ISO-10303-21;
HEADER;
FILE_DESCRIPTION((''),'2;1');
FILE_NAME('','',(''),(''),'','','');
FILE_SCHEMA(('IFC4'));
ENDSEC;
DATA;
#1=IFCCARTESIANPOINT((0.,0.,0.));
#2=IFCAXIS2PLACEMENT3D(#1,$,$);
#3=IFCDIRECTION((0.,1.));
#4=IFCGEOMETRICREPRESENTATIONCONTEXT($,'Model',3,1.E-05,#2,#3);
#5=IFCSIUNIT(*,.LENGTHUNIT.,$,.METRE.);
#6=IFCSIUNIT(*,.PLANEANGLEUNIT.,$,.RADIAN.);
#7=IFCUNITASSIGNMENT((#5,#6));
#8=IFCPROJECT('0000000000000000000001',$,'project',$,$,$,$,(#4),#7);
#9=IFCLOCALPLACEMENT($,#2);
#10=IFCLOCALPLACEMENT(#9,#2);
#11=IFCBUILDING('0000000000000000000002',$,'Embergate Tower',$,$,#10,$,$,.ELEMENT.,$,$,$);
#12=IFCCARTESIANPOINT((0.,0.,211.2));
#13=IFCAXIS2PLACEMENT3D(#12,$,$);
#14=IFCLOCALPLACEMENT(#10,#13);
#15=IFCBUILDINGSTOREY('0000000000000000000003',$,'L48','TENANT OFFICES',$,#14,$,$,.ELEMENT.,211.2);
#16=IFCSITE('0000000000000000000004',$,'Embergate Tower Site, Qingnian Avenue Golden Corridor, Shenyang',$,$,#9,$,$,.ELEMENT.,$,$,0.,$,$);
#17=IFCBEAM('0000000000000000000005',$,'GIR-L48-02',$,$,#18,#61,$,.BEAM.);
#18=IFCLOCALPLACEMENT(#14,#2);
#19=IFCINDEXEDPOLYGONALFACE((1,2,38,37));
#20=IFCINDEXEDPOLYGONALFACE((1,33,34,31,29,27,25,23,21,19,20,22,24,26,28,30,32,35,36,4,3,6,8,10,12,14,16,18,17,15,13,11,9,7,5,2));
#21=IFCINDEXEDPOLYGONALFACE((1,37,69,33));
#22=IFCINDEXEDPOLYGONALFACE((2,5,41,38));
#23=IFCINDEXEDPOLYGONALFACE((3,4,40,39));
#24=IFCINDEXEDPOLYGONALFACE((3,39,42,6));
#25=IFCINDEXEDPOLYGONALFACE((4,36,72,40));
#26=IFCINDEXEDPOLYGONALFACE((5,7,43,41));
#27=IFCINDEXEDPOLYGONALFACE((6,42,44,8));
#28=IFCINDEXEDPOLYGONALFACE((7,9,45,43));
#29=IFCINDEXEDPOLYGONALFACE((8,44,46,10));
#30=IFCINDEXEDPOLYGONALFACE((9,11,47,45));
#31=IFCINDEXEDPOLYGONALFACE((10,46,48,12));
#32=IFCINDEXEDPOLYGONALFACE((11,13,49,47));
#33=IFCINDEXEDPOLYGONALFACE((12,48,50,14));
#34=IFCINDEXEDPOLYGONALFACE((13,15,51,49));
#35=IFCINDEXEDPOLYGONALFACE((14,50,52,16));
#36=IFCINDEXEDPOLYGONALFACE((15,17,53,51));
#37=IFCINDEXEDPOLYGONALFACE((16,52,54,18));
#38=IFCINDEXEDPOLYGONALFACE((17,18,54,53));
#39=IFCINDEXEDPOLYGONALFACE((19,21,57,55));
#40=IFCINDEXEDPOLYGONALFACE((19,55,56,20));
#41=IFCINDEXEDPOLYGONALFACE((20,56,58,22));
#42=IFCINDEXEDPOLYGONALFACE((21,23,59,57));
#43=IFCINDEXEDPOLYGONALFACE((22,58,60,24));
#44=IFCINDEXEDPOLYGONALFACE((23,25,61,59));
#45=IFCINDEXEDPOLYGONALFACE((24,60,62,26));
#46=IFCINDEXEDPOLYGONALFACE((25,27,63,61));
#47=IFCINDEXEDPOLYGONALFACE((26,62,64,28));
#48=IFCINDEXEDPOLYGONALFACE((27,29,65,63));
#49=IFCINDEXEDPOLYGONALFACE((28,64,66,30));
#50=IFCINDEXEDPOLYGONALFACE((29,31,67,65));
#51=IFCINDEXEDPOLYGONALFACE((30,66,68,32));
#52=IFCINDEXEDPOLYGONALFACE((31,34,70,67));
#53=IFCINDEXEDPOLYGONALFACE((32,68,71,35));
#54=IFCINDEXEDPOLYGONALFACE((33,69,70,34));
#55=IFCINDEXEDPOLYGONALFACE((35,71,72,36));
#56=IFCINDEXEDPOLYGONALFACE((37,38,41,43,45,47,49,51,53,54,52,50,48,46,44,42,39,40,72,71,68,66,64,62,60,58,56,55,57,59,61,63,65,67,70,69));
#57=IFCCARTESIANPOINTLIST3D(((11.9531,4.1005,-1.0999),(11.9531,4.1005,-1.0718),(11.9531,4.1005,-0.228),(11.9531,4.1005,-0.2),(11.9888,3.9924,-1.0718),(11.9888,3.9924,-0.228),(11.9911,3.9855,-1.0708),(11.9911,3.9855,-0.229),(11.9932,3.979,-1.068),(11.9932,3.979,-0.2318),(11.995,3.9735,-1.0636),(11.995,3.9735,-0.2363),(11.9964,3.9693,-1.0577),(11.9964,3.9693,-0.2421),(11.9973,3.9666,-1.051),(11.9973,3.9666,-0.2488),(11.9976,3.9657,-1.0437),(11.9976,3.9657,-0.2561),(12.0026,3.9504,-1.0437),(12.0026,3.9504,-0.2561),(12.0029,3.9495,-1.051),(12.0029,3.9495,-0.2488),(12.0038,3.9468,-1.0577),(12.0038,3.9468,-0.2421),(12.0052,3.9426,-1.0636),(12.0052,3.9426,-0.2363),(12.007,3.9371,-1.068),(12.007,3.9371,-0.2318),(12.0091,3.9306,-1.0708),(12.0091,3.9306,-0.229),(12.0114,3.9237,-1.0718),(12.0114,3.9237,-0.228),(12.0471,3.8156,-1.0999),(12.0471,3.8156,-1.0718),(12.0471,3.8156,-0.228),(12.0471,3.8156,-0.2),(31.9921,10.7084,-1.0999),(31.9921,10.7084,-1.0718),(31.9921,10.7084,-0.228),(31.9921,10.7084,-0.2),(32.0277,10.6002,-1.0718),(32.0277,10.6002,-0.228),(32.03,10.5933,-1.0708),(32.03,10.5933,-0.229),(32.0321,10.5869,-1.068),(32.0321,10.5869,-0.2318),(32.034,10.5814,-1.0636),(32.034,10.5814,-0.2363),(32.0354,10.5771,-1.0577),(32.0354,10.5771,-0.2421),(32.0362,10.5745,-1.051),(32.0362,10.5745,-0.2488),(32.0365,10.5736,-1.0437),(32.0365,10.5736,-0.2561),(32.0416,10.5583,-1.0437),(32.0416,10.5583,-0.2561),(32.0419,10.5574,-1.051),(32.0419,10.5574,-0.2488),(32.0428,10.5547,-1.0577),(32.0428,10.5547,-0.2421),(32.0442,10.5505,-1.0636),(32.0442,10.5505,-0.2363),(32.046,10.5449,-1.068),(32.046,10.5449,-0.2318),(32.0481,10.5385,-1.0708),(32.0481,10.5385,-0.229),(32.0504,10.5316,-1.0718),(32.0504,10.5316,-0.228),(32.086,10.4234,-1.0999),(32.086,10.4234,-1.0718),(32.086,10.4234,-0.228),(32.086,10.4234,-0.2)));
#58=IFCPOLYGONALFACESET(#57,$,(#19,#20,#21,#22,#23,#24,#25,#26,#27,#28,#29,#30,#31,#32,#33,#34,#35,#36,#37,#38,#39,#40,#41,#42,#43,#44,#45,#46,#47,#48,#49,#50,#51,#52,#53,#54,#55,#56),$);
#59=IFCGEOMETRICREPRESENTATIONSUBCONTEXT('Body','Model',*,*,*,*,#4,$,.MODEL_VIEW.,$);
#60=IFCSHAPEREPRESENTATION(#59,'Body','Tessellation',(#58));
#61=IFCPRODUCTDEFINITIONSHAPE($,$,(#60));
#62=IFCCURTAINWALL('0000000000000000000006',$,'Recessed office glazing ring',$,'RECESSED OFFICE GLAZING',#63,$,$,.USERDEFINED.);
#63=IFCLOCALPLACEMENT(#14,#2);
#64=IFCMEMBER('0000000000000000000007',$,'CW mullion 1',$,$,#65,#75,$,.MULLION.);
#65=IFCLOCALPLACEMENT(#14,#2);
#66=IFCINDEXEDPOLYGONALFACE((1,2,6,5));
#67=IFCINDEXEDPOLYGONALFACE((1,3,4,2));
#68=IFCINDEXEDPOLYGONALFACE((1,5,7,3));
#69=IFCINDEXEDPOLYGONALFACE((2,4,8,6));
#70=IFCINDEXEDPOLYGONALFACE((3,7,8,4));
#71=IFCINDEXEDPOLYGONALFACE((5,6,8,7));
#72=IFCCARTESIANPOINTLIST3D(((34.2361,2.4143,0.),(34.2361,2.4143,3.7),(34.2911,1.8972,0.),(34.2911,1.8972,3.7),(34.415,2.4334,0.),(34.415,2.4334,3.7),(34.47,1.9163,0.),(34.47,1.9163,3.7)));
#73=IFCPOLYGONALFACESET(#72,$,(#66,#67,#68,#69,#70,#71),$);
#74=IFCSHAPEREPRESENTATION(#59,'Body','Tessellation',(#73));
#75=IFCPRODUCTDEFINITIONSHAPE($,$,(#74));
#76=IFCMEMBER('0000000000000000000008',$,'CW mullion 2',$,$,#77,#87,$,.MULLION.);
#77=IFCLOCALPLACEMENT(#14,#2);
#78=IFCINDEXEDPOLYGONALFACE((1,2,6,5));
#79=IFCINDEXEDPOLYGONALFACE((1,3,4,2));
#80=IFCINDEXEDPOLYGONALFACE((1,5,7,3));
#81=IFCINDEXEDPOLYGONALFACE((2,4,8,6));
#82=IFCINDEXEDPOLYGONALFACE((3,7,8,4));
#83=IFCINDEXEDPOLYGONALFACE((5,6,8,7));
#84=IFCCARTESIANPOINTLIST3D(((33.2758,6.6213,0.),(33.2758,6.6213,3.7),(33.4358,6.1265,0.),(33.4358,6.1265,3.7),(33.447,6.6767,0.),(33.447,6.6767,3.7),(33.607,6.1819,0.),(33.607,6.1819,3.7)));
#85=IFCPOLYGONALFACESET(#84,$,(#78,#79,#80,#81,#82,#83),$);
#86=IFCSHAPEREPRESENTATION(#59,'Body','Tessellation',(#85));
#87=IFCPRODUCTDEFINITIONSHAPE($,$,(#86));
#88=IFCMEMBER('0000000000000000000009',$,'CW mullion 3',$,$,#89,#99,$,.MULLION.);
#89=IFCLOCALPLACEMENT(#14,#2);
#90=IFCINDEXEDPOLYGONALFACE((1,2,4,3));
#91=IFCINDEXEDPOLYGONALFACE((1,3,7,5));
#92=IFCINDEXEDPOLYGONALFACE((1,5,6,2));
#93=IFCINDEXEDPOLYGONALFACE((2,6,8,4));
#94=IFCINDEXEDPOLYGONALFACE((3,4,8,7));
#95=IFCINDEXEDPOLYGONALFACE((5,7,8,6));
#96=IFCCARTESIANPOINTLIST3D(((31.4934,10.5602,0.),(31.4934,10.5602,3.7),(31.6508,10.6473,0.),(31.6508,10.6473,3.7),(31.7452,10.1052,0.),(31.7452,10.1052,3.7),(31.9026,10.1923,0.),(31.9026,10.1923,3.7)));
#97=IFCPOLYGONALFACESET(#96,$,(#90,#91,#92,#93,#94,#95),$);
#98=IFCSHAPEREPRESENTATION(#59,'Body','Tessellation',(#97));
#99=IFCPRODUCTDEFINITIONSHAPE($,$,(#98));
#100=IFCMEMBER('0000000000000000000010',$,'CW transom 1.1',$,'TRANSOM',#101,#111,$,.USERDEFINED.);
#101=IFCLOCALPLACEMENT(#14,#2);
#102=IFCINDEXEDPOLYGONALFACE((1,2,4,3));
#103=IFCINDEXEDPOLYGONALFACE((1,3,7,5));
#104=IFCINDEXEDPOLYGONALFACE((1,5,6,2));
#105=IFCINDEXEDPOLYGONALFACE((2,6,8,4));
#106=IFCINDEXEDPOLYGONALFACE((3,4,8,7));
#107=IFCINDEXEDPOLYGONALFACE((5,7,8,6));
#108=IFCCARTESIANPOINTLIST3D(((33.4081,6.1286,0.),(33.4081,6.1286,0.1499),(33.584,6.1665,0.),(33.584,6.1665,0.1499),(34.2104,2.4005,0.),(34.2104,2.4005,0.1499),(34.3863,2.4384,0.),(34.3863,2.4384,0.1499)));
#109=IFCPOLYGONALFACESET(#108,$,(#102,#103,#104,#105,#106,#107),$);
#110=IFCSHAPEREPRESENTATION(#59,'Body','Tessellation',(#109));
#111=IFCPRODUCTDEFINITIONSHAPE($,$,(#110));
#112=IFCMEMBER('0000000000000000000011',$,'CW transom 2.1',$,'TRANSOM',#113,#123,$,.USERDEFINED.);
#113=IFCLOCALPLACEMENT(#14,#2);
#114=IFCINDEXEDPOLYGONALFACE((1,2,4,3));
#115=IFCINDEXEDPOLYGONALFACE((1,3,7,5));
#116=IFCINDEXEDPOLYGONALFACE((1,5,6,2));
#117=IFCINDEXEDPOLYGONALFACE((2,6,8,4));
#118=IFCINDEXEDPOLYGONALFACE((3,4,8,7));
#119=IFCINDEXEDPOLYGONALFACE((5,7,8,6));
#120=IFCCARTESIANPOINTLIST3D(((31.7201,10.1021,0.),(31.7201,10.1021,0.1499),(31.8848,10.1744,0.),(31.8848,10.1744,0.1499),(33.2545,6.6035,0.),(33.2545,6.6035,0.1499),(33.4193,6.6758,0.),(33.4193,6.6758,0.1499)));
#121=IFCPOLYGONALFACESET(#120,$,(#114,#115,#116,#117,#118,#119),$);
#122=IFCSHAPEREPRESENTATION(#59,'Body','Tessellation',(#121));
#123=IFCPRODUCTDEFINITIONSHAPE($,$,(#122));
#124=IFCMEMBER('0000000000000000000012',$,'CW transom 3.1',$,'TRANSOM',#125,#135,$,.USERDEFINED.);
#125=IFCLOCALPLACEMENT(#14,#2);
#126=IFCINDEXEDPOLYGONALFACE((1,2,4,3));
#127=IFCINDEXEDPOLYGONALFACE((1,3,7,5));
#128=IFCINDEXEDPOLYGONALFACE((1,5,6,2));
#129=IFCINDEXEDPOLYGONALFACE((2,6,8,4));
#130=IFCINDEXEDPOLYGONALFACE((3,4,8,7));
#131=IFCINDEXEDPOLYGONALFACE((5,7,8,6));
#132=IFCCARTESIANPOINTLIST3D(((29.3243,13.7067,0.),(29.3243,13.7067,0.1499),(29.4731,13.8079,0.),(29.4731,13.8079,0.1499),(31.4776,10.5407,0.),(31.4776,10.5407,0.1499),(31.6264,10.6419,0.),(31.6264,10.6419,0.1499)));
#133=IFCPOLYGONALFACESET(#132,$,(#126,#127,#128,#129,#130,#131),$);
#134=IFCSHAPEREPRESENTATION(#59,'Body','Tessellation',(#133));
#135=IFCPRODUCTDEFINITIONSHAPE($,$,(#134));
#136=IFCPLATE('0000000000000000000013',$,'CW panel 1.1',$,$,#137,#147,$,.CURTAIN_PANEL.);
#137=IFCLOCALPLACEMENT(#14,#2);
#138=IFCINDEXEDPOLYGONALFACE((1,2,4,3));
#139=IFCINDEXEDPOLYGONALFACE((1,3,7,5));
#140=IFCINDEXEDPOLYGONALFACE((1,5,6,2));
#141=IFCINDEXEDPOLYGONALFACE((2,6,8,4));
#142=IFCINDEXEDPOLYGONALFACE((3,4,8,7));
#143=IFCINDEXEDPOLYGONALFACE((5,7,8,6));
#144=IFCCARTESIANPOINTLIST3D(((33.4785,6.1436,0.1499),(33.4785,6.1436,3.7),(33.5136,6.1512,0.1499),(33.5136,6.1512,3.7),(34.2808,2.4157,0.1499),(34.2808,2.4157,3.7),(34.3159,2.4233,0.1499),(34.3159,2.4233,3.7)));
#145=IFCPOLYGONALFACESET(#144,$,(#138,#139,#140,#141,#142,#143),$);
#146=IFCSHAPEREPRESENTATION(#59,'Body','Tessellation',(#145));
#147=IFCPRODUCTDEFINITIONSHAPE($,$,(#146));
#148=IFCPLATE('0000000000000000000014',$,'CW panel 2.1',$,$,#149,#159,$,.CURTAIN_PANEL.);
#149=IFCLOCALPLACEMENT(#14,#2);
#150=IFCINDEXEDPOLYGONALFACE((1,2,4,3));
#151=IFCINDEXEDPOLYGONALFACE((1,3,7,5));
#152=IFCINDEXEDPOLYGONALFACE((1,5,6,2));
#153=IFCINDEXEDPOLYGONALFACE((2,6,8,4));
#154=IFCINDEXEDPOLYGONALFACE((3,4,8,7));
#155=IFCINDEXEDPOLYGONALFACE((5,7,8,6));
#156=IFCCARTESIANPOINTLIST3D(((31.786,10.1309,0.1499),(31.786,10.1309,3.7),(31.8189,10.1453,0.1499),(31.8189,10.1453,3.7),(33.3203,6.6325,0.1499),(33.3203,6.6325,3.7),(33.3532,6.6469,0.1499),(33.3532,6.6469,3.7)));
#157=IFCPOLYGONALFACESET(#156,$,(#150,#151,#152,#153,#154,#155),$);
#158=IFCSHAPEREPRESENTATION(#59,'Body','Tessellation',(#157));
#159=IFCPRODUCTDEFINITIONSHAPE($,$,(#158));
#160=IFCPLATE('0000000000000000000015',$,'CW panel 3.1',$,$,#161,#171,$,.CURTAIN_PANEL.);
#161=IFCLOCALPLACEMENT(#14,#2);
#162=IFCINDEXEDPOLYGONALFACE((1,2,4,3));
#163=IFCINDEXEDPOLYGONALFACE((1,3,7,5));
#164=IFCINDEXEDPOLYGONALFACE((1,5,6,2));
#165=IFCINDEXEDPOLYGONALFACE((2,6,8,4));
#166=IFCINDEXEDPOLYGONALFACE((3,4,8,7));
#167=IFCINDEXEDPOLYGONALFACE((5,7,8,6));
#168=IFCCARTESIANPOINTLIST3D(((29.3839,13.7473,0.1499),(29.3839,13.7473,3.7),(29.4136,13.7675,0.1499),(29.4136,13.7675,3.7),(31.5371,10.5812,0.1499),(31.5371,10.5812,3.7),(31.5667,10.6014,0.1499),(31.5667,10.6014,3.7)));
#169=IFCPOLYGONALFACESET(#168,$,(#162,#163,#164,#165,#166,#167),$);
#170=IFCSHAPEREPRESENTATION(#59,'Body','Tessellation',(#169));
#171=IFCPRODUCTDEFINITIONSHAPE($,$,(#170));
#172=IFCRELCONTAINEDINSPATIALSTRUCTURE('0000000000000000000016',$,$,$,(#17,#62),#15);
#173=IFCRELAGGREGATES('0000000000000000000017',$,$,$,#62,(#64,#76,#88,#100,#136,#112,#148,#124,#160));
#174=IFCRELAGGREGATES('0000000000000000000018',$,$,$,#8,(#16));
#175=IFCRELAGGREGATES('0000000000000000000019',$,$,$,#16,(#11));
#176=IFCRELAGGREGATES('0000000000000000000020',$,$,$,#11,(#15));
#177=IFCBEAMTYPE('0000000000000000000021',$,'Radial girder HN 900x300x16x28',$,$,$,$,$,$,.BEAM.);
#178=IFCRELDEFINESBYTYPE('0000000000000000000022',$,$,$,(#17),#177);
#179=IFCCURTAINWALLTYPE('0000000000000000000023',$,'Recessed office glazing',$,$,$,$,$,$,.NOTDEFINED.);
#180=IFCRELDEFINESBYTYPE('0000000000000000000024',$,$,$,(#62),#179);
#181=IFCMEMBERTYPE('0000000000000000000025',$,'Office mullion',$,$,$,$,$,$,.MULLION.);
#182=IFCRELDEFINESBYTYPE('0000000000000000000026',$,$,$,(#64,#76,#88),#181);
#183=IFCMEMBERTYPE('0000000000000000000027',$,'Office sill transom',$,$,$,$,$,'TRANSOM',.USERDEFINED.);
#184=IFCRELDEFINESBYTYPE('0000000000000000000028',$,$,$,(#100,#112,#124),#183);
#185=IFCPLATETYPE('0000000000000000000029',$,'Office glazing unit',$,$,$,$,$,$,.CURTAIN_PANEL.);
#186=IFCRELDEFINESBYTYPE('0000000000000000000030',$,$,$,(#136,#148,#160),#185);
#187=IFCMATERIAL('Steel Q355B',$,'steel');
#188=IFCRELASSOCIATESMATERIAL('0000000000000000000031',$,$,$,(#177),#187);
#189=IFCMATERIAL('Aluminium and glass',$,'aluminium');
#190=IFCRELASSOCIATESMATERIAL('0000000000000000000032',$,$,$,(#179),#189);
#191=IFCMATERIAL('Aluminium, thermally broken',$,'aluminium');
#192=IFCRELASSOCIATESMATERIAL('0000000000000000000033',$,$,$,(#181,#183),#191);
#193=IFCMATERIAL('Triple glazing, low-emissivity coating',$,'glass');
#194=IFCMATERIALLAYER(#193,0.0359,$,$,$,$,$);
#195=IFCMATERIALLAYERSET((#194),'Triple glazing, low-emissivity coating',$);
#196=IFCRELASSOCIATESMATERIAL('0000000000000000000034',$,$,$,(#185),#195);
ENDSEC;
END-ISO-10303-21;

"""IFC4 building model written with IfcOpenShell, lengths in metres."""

from ifc_helpers import new_model, si_unit, direction, frame, origin, origin_2d, place, context, subcontext, project, spatial, rectangle, i_section, extrude, source, transform, mapped, material, layer, layer_set, material_profile, profile_set, type_object, element, aggregate, save


model = new_model("IFC4")

# Units and contexts
model_context = context("Model", 3, precision=1e-05, world=origin(), true_north=direction((0.0, 1.0)))
body_context = subcontext(model_context, "Body", "Model", "MODEL_VIEW")
ifc_project = project(units=[si_unit("LENGTHUNIT", "METRE"), si_unit("PLANEANGLEUNIT", "RADIAN")], contexts=[model_context])

# Site, building, storey
site_placement = place(None, origin())
site = spatial("IfcSite", under=ifc_project, at=site_placement, Name="Embergate Tower Site, Qingnian Avenue Golden Corridor, Shenyang", CompositionType="ELEMENT", RefElevation=0.0)
building_placement = place(site_placement, origin())
building = spatial("IfcBuilding", under=site, at=building_placement, Name="Embergate Tower", CompositionType="ELEMENT")
storey_placement = place(building_placement, frame((0.0, 0.0, 211.2)))
storey = spatial("IfcBuildingStorey", under=building, at=storey_placement, Name="L48", Description="TENANT OFFICES", CompositionType="ELEMENT", Elevation=211.2)

# Beam
ifc_material_1 = material(Name="Steel Q355B", Category="steel")
ifc_material_profile_1 = material_profile(ifc_material_1, i_section(OverallWidth=0.3, OverallDepth=0.8999, WebThickness=0.0161, FlangeThickness=0.0281, FilletRadius=0.0281, at=origin_2d()), Name="HN 900x300x16x28")
ifc_profile_set_1 = profile_set([ifc_material_profile_1], Name="Steel Q355 grade B")
beam_type_1 = type_object("IfcBeamType", Name="Radial girder HN 900x300x16x28", PredefinedType="BEAM", material=ifc_profile_set_1)
shared_shape_1 = source(origin(), body_context, "Body", "SweptSolid", [
    extrude(i_section(OverallWidth=0.3, OverallDepth=0.8999, WebThickness=0.0161, FlangeThickness=0.0281, FilletRadius=0.0281, at=origin_2d()), origin(), (0.0, 0.0, 1.0), 21.1003),
])
beam_1_placement = place(storey_placement, frame((32.0391, 10.5659, -0.6499), z_axis=(-0.949699, -0.313165, 0.0), x_axis=(0.313165, -0.949699, 0.0)))
element("IfcBeam", 1, at=beam_1_placement, inside=storey, type_object=beam_type_1, Name="GIR-L48-02", PredefinedType="BEAM", context=body_context, shape_type="MappedRepresentation", body=[
    mapped(shared_shape_1, transform((0.0, 0.0, 0.0))),
])

# Curtain wall, members, plates
ifc_material_2 = material(Name="Aluminium and glass", Category="aluminium")
curtain_wall_type = type_object("IfcCurtainWallType", Name="Recessed office glazing", PredefinedType="NOTDEFINED", material=ifc_material_2)
curtain_wall_placement = place(storey_placement, origin())
curtain_wall = element("IfcCurtainWall", 2, at=curtain_wall_placement, inside=storey, type_object=curtain_wall_type, Name="Recessed office glazing ring", ObjectType="RECESSED OFFICE GLAZING", PredefinedType="USERDEFINED")
ifc_material_3 = material(Name="Aluminium, thermally broken", Category="aluminium")
ifc_material_profile_2 = material_profile(ifc_material_3, rectangle(XDim=0.1799, YDim=0.52, at=origin_2d()), Name="AL 520x180")
ifc_profile_set_2 = profile_set([ifc_material_profile_2], Name="Aluminium, thermally broken")
member_type_1 = type_object("IfcMemberType", Name="Office mullion", PredefinedType="MULLION", material=ifc_profile_set_2)
shared_shape_2 = source(origin(), body_context, "Body", "SweptSolid", [
    extrude(rectangle(XDim=0.1799, YDim=0.52, at=origin_2d()), origin(), (0.0, 0.0, 1.0), 3.7),
])
member_1_placement = place(storey_placement, frame((34.353, 2.1653, 0.0), z_axis=(0.0, 0.0, 1.0), x_axis=(-0.994385, -0.105823, 0.0)))
member_1 = element("IfcMember", 3, at=member_1_placement, type_object=member_type_1, Name="CW mullion 1", PredefinedType="MULLION", context=body_context, shape_type="MappedRepresentation", body=[
    mapped(shared_shape_2, transform((0.0, 0.0, 0.0))),
])
member_2_placement = place(storey_placement, frame((33.4414, 6.4016, 0.0), z_axis=(0.0, 0.0, 1.0), x_axis=(-0.951498, -0.307656, 0.0)))
member_2 = element("IfcMember", 4, at=member_2_placement, type_object=member_type_1, Name="CW mullion 2", PredefinedType="MULLION", context=body_context, shape_type="MappedRepresentation", body=[
    mapped(shared_shape_2, transform((0.0, 0.0, 0.0))),
])
member_3_placement = place(storey_placement, frame((31.698, 10.3762, 0.0), z_axis=(0.0, 0.0, 1.0), x_axis=(-0.875003, -0.484118, 0.0)))
member_3 = element("IfcMember", 5, at=member_3_placement, type_object=member_type_1, Name="CW mullion 3", PredefinedType="MULLION", context=body_context, shape_type="MappedRepresentation", body=[
    mapped(shared_shape_2, transform((0.0, 0.0, 0.0))),
])
ifc_material_profile_3 = material_profile(ifc_material_3, rectangle(XDim=0.1799, YDim=0.1499, at=origin_2d()), Name="AL 150x180")
ifc_profile_set_3 = profile_set([ifc_material_profile_3], Name="Aluminium, thermally broken")
member_type_2 = type_object("IfcMemberType", Name="Office sill transom", ElementType="TRANSOM", PredefinedType="USERDEFINED", material=ifc_profile_set_3)
shared_shape_3 = source(origin(), body_context, "Body", "SweptSolid", [
    extrude(rectangle(XDim=0.1799, YDim=0.1499, at=origin_2d()), origin(), (0.0, 0.0, 1.0), 3.8135),
])
member_4_placement = place(storey_placement, frame((34.2983, 2.4194, 0.075), z_axis=(-0.210377, 0.97762, 0.0), x_axis=(-0.97762, -0.210377, 0.0)))
member_4 = element("IfcMember", 6, at=member_4_placement, type_object=member_type_2, Name="CW transom 1.1", ObjectType="TRANSOM", PredefinedType="USERDEFINED", context=body_context, shape_type="MappedRepresentation", body=[
    mapped(shared_shape_3, transform((0.0, 0.0, 0.0))),
])
shared_shape_4 = source(origin(), body_context, "Body", "SweptSolid", [
    extrude(rectangle(XDim=0.1799, YDim=0.1499, at=origin_2d()), origin(), (0.0, 0.0, 1.0), 3.8203),
])
member_5_placement = place(storey_placement, frame((33.3369, 6.6396, 0.075), z_axis=(-0.401657, 0.91579, 0.0), x_axis=(-0.91579, -0.401657, 0.0)))
member_5 = element("IfcMember", 7, at=member_5_placement, type_object=member_type_2, Name="CW transom 2.1", ObjectType="TRANSOM", PredefinedType="USERDEFINED", context=body_context, shape_type="MappedRepresentation", body=[
    mapped(shared_shape_4, transform((0.0, 0.0, 0.0))),
])
shared_shape_5 = source(origin(), body_context, "Body", "SweptSolid", [
    extrude(rectangle(XDim=0.1799, YDim=0.1499, at=origin_2d()), origin(), (0.0, 0.0, 1.0), 3.8289),
])
member_6_placement = place(storey_placement, frame((31.552, 10.5913, 0.075), z_axis=(-0.562387, 0.826874, 0.0), x_axis=(-0.826874, -0.562387, 0.0)))
member_6 = element("IfcMember", 8, at=member_6_placement, type_object=member_type_2, Name="CW transom 3.1", ObjectType="TRANSOM", PredefinedType="USERDEFINED", context=body_context, shape_type="MappedRepresentation", body=[
    mapped(shared_shape_5, transform((0.0, 0.0, 0.0))),
])
ifc_material_4 = material(Name="Triple glazing, low-emissivity coating", Category="glass")
ifc_layer_1 = layer(ifc_material_4, 0.0359)
ifc_layer_set_1 = layer_set([ifc_layer_1], Name="Triple glazing, low-emissivity coating")
plate_type = type_object("IfcPlateType", Name="Office glazing unit", PredefinedType="CURTAIN_PANEL", material=ifc_layer_set_1)
shared_shape_6 = source(origin(), body_context, "Body", "SweptSolid", [
    extrude(rectangle(XDim=3.8132, YDim=0.0359, at=origin_2d()), origin(), (0.0, 0.0, 1.0), 3.55),
])
plate_1_placement = place(storey_placement, frame((33.8972, 4.2834, 0.1499), z_axis=(0.0, 0.0, 1.0), x_axis=(-0.210395, 0.977616, 0.0)))
plate_1 = element("IfcPlate", 9, at=plate_1_placement, type_object=plate_type, Name="CW panel 1.1", PredefinedType="CURTAIN_PANEL", context=body_context, shape_type="MappedRepresentation", body=[
    mapped(shared_shape_6, transform((0.0, 0.0, 0.0))),
])
shared_shape_7 = source(origin(), body_context, "Body", "SweptSolid", [
    extrude(rectangle(XDim=3.8201, YDim=0.0359, at=origin_2d()), origin(), (0.0, 0.0, 1.0), 3.55),
])
plate_2_placement = place(storey_placement, frame((32.5696, 8.3889, 0.1499), z_axis=(0.0, 0.0, 1.0), x_axis=(-0.401649, 0.915794, 0.0)))
plate_2 = element("IfcPlate", 10, at=plate_2_placement, type_object=plate_type, Name="CW panel 2.1", PredefinedType="CURTAIN_PANEL", context=body_context, shape_type="MappedRepresentation", body=[
    mapped(shared_shape_7, transform((0.0, 0.0, 0.0))),
])
shared_shape_8 = source(origin(), body_context, "Body", "SweptSolid", [
    extrude(rectangle(XDim=3.8289, YDim=0.0359, at=origin_2d()), origin(), (0.0, 0.0, 1.0), 3.55),
])
plate_3_placement = place(storey_placement, frame((30.4753, 12.1743, 0.1499), z_axis=(0.0, 0.0, 1.0), x_axis=(-0.562337, 0.826908, 0.0)))
plate_3 = element("IfcPlate", 11, at=plate_3_placement, type_object=plate_type, Name="CW panel 3.1", PredefinedType="CURTAIN_PANEL", context=body_context, shape_type="MappedRepresentation", body=[
    mapped(shared_shape_8, transform((0.0, 0.0, 0.0))),
])
aggregate(curtain_wall, [member_1, member_2, member_3, member_4, plate_1, member_5, plate_2, member_6, plate_3])

save(model, "model.ifc")
